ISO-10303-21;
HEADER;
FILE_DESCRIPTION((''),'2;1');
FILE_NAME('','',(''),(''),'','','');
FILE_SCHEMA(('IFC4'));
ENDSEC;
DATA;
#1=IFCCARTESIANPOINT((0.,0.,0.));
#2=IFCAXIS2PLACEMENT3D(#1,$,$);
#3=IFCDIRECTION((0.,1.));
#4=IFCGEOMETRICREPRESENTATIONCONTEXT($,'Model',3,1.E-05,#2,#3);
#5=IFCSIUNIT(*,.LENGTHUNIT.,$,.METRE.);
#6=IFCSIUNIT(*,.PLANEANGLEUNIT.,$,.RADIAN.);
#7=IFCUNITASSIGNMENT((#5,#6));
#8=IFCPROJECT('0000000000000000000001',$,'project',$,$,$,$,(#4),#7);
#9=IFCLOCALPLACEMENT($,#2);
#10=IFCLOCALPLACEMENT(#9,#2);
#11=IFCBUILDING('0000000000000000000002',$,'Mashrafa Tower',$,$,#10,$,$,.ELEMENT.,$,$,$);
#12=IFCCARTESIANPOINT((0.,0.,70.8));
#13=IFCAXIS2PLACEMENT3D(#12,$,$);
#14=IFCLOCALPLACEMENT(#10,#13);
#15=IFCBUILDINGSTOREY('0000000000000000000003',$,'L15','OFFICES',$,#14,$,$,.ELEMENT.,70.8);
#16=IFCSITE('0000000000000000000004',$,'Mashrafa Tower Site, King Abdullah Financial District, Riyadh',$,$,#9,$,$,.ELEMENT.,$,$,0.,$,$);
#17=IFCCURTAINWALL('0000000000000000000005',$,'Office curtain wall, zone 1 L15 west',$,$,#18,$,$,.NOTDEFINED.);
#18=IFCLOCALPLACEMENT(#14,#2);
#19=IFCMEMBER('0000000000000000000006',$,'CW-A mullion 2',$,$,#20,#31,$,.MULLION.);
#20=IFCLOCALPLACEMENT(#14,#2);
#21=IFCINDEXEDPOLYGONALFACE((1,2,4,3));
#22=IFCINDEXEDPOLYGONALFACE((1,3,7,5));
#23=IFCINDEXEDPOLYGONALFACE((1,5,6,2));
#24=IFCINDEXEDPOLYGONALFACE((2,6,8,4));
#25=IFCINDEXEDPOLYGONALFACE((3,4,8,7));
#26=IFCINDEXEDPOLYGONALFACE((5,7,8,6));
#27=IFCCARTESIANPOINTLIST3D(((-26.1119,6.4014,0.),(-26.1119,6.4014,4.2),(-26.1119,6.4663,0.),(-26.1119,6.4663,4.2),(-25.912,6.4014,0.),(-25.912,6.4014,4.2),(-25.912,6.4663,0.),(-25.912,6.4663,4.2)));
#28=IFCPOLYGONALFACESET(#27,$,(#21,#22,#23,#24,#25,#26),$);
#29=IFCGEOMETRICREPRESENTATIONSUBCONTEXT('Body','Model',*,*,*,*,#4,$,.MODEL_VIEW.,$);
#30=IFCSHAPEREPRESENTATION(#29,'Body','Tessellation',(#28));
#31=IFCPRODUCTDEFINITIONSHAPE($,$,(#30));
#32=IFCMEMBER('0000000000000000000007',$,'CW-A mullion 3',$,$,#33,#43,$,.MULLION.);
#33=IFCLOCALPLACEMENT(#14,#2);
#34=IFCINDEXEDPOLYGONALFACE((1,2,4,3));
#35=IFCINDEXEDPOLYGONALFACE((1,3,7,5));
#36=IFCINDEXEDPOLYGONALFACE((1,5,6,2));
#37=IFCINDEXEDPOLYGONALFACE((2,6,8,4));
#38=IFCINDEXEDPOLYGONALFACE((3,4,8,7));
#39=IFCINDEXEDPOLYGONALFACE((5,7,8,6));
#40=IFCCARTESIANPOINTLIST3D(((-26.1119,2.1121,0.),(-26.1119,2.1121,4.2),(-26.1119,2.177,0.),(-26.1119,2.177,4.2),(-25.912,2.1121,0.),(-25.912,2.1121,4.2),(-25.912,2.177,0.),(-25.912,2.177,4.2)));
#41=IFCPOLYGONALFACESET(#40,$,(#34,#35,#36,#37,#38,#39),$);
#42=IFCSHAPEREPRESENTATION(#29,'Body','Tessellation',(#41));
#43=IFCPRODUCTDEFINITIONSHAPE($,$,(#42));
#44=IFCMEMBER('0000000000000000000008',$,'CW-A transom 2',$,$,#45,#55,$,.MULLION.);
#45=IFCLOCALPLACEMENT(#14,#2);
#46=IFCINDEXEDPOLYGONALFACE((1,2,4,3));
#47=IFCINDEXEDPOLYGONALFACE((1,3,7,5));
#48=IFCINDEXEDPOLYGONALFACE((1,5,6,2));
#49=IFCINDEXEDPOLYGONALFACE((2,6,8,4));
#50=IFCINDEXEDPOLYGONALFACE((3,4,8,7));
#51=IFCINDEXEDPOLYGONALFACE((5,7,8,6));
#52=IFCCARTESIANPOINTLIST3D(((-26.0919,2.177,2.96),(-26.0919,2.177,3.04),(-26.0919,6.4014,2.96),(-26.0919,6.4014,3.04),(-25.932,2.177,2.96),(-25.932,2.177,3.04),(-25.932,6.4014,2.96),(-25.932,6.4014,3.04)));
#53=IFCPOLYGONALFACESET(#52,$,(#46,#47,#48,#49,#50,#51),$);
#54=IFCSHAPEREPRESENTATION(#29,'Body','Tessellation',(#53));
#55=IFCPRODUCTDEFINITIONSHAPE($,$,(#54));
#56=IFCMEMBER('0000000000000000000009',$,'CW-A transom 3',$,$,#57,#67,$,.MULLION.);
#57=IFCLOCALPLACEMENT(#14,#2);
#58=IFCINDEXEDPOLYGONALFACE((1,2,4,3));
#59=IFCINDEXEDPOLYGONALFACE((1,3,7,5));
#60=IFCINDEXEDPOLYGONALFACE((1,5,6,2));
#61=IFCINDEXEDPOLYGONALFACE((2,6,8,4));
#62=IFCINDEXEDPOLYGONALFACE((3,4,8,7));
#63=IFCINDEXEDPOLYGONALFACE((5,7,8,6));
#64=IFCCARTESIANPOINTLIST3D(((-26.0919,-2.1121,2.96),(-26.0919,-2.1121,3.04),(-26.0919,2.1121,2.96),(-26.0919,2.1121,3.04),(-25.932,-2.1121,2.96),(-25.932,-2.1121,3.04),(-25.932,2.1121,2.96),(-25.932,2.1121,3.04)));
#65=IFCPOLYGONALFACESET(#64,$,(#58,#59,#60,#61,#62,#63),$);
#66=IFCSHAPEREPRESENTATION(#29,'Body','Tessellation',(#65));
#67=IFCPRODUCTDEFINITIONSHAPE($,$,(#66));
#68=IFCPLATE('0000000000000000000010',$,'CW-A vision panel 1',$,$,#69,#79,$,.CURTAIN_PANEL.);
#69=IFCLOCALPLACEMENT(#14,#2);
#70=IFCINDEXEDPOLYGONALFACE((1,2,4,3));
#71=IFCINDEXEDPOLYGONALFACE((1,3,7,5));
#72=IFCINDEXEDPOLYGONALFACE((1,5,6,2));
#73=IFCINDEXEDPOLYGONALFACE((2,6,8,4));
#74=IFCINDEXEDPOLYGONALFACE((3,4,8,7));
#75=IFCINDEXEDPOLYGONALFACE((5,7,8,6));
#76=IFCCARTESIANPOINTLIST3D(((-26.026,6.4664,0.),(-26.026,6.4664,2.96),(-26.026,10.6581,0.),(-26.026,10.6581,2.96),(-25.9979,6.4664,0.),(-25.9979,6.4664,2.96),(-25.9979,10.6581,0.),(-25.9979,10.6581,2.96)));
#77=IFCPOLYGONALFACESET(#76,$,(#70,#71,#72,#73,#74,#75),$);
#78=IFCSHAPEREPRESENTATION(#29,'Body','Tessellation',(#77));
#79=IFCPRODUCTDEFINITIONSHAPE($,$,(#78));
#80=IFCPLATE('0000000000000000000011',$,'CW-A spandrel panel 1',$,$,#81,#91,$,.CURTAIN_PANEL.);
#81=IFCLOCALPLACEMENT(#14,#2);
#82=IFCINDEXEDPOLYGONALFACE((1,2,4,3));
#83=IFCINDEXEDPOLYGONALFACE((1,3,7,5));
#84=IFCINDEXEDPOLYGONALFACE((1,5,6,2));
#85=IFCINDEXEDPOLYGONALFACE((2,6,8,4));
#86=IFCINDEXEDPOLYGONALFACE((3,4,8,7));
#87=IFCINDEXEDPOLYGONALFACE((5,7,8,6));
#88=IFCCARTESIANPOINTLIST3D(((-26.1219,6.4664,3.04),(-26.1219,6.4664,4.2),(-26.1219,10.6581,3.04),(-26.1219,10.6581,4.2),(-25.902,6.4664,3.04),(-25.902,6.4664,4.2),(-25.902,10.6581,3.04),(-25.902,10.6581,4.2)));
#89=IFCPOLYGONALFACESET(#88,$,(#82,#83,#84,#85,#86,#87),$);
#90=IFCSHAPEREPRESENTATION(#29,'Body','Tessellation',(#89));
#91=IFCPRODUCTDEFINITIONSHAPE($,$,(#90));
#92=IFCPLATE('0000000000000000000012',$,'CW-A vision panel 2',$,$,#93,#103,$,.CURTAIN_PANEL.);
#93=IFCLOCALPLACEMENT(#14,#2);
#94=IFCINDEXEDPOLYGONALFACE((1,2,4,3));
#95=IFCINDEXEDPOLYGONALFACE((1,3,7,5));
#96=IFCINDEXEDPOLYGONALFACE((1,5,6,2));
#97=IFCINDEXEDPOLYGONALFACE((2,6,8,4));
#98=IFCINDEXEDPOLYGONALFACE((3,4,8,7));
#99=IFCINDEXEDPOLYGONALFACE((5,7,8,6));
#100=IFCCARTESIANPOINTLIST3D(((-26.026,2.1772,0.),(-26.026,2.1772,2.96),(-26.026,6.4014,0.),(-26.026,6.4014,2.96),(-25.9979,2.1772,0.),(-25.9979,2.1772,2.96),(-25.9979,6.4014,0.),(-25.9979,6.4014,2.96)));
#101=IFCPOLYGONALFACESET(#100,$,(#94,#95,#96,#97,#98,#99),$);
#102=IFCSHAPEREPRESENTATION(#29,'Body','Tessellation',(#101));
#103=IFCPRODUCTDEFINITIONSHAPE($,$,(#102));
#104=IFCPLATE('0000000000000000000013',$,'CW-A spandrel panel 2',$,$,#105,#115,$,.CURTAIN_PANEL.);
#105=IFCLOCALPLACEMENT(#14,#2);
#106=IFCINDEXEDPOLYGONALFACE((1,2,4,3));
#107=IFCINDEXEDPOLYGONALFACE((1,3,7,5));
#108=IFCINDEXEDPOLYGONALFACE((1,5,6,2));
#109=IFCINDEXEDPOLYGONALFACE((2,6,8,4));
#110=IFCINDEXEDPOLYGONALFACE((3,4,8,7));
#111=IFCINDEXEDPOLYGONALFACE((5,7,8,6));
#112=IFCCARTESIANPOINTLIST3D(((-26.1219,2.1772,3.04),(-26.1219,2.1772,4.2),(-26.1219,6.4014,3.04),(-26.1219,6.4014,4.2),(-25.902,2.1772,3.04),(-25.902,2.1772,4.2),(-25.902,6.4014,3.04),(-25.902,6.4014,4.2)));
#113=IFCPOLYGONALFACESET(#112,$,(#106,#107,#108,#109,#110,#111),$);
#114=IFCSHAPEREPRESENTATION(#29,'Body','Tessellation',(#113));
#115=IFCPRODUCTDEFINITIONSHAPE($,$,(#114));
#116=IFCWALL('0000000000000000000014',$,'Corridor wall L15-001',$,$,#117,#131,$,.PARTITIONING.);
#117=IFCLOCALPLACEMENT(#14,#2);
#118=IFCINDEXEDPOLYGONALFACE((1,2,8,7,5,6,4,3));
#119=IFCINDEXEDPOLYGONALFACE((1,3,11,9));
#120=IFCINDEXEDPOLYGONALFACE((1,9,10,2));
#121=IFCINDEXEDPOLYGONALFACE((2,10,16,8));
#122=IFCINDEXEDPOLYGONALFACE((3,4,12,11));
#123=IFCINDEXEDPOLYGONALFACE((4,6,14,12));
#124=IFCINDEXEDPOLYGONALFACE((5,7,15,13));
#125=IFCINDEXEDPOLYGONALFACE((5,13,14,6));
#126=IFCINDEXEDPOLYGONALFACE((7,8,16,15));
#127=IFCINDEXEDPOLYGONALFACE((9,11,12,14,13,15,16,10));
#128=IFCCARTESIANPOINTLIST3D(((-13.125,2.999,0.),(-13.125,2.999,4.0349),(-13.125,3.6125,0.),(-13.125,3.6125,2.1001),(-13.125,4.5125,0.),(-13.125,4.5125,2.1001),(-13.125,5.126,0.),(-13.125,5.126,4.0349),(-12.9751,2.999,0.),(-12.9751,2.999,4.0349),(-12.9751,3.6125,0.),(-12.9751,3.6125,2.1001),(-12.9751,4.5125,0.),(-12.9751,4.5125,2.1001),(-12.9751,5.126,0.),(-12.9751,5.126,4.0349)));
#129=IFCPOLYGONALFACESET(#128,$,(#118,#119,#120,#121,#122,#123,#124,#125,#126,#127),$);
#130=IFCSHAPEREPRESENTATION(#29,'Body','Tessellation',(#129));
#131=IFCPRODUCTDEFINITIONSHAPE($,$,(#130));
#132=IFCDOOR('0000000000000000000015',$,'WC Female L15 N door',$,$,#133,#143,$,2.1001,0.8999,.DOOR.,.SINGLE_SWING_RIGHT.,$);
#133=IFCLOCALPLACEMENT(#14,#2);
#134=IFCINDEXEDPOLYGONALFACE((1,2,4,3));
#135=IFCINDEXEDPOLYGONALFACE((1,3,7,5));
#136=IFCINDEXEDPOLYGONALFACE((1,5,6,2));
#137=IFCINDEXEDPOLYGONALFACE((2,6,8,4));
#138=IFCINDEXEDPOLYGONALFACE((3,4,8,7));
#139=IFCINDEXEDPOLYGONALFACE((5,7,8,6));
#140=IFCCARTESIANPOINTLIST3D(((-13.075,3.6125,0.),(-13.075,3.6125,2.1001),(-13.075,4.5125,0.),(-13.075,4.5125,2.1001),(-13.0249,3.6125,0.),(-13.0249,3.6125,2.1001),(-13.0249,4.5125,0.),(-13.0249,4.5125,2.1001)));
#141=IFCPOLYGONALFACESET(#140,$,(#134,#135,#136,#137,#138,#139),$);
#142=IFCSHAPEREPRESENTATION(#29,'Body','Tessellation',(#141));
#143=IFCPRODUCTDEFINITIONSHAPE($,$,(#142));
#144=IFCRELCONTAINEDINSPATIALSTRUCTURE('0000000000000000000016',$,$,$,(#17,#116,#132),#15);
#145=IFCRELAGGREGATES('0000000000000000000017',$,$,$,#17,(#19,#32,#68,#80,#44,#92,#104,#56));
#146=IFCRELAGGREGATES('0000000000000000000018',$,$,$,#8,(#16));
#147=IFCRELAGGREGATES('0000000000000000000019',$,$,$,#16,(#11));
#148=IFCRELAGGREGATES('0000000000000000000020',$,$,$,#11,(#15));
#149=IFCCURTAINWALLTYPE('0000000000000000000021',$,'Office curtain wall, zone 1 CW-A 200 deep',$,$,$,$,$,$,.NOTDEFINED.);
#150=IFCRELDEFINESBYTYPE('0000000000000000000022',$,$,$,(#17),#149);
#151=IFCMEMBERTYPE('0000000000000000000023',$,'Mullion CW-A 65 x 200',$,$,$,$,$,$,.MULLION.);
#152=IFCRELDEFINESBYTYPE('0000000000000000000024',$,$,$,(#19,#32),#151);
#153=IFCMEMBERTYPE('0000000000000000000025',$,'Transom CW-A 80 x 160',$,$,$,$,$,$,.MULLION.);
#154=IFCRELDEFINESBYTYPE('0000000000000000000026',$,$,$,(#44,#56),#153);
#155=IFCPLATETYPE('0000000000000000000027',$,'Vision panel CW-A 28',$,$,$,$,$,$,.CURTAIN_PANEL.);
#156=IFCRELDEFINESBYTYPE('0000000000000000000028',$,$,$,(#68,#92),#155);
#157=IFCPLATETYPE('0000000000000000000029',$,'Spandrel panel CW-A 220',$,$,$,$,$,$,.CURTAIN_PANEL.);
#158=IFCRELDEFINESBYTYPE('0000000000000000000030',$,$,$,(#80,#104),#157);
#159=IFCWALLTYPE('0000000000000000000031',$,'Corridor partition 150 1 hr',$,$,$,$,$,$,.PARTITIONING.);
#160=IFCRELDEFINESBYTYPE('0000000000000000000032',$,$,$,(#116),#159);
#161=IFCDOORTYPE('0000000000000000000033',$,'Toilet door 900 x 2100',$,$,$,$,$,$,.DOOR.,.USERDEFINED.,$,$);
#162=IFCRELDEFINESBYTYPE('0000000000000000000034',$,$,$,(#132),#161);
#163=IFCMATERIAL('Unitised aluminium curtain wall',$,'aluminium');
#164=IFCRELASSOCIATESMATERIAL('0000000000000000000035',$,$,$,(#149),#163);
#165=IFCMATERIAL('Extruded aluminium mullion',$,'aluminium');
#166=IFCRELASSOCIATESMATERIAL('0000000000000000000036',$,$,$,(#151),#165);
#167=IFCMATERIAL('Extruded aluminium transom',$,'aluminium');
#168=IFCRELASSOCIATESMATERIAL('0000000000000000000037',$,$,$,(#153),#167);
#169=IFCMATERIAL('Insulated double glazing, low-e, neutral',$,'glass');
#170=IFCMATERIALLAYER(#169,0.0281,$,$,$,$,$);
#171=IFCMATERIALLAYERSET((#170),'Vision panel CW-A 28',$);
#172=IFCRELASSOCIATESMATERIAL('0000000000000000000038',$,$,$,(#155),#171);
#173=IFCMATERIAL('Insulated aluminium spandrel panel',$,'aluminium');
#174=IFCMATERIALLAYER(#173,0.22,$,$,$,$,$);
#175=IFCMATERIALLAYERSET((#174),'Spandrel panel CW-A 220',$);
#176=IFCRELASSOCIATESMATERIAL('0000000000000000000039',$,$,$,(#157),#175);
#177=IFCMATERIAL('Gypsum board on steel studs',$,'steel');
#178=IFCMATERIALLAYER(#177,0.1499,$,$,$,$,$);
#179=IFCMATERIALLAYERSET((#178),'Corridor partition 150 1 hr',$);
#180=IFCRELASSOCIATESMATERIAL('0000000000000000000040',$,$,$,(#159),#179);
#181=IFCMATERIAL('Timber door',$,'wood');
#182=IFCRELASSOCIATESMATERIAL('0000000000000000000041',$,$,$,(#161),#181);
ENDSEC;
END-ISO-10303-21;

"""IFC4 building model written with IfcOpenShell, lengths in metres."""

from ifc_helpers import new_model, si_unit, direction, frame, frame_2d, origin, origin_2d, place, context, subcontext, project, spatial, rectangle, extrude, source, transform, mapped, material, layer, layer_set, material_profile, profile_set, type_object, type_shapes, element, fill, aggregate, save


model = new_model("IFC4")

# Units and contexts
model_context = context("Model", 3, precision=1e-05, world=origin(), true_north=direction((0.0, 1.0)))
body_context = subcontext(model_context, "Body", "Model", "MODEL_VIEW")
ifc_project = project(units=[si_unit("LENGTHUNIT", "METRE"), si_unit("PLANEANGLEUNIT", "RADIAN")], contexts=[model_context])

# Site, building, storey
site_placement = place(None, origin())
site = spatial("IfcSite", under=ifc_project, at=site_placement, Name="Mashrafa Tower Site, King Abdullah Financial District, Riyadh", CompositionType="ELEMENT", RefElevation=0.0)
building_placement = place(site_placement, origin())
building = spatial("IfcBuilding", under=site, at=building_placement, Name="Mashrafa Tower", CompositionType="ELEMENT")
storey_placement = place(building_placement, frame((0.0, 0.0, 70.8)))
storey = spatial("IfcBuildingStorey", under=building, at=storey_placement, Name="L15", Description="OFFICES", CompositionType="ELEMENT", Elevation=70.8)

# Curtain wall, members, plates
ifc_material_1 = material(Name="Unitised aluminium curtain wall", Category="aluminium")
curtain_wall_type = type_object("IfcCurtainWallType", Name="Office curtain wall, zone 1 CW-A 200 deep", PredefinedType="NOTDEFINED", material=ifc_material_1)
curtain_wall_placement = place(storey_placement, origin())
curtain_wall = element("IfcCurtainWall", 1, at=curtain_wall_placement, inside=storey, type_object=curtain_wall_type, Name="Office curtain wall, zone 1 L15 west", PredefinedType="NOTDEFINED")
ifc_material_2 = material(Name="Extruded aluminium mullion", Category="aluminium")
ifc_material_profile_1 = material_profile(ifc_material_2, rectangle(XDim=0.2, YDim=0.0649, at=origin_2d()), Name="Mullion 65x200")
ifc_profile_set_1 = profile_set([ifc_material_profile_1], Name="Extruded aluminium mullion")
member_type_1 = type_object("IfcMemberType", Name="Mullion CW-A 65 x 200", PredefinedType="MULLION", material=ifc_profile_set_1)
shared_shape_1 = source(origin(), body_context, "Body", "SweptSolid", [
    extrude(rectangle(XDim=0.2, YDim=0.0649, at=origin_2d()), origin(), (0.0, 0.0, 1.0), 4.2),
])
type_shapes(member_type_1, [shared_shape_1])
member_1_placement = place(storey_placement, frame((-26.012, 6.4338, 0.0), z_axis=(0.0, 0.0, 1.0), x_axis=(1.0, 0.0, 0.0)))
member_1 = element("IfcMember", 2, at=member_1_placement, type_object=member_type_1, Name="CW-A mullion 2", PredefinedType="MULLION", context=body_context, shape_type="MappedRepresentation", body=[
    mapped(shared_shape_1, transform((0.0, 0.0, 0.0))),
])
member_2_placement = place(storey_placement, frame((-26.012, 2.1445, 0.0), z_axis=(0.0, 0.0, 1.0), x_axis=(1.0, 0.0, 0.0)))
member_2 = element("IfcMember", 3, at=member_2_placement, type_object=member_type_1, Name="CW-A mullion 3", PredefinedType="MULLION", context=body_context, shape_type="MappedRepresentation", body=[
    mapped(shared_shape_1, transform((0.0, 0.0, 0.0))),
])
ifc_material_3 = material(Name="Extruded aluminium transom", Category="aluminium")
ifc_material_profile_2 = material_profile(ifc_material_3, rectangle(XDim=0.1599, YDim=0.0801, at=origin_2d()), Name="Transom 80x160")
ifc_profile_set_2 = profile_set([ifc_material_profile_2], Name="Extruded aluminium transom")
member_type_2 = type_object("IfcMemberType", Name="Transom CW-A 80 x 160", PredefinedType="MULLION", material=ifc_profile_set_2)
shared_shape_2 = source(origin(), body_context, "Body", "SweptSolid", [
    extrude(rectangle(XDim=0.1599, YDim=0.0801, at=origin_2d()), origin(), (0.0, 0.0, 1.0), 4.2244),
])
member_3_placement = place(storey_placement, frame((-26.012, 6.4014, 3.0), z_axis=(0.0, -1.0, 0.0), x_axis=(1.0, 0.0, 0.0)))
member_3 = element("IfcMember", 4, at=member_3_placement, type_object=member_type_2, Name="CW-A transom 2", PredefinedType="MULLION", context=body_context, shape_type="MappedRepresentation", body=[
    mapped(shared_shape_2, transform((0.0, 0.0, 0.0))),
])
shared_shape_3 = source(origin(), body_context, "Body", "SweptSolid", [
    extrude(rectangle(XDim=0.1599, YDim=0.0801, at=origin_2d()), origin(), (0.0, 0.0, 1.0), 4.2241),
])
type_shapes(member_type_2, [shared_shape_2, shared_shape_3])
member_4_placement = place(storey_placement, frame((-26.012, 2.1121, 3.0), z_axis=(0.0, -1.0, 0.0), x_axis=(1.0, 0.0, 0.0)))
member_4 = element("IfcMember", 5, at=member_4_placement, type_object=member_type_2, Name="CW-A transom 3", PredefinedType="MULLION", context=body_context, shape_type="MappedRepresentation", body=[
    mapped(shared_shape_3, transform((0.0, 0.0, 0.0))),
])
ifc_material_4 = material(Name="Insulated double glazing, low-e, neutral", Category="glass")
ifc_layer_1 = layer(ifc_material_4, 0.0281)
ifc_layer_set_1 = layer_set([ifc_layer_1], Name="Vision panel CW-A 28")
plate_type_1 = type_object("IfcPlateType", Name="Vision panel CW-A 28", PredefinedType="CURTAIN_PANEL", material=ifc_layer_set_1)
shared_shape_4 = source(origin(), body_context, "Body", "SweptSolid", [
    extrude(rectangle(XDim=4.1917, YDim=0.0281, at=origin_2d()), origin(), (0.0, 0.0, 1.0), 2.96),
])
plate_1_placement = place(storey_placement, frame((-26.012, 8.5623, 0.0), z_axis=(0.0, 0.0, 1.0), x_axis=(0.0, -1.0, 0.0)))
plate_1 = element("IfcPlate", 6, at=plate_1_placement, type_object=plate_type_1, Name="CW-A vision panel 1", PredefinedType="CURTAIN_PANEL", context=body_context, shape_type="MappedRepresentation", body=[
    mapped(shared_shape_4, transform((0.0, 0.0, 0.0))),
])
ifc_material_5 = material(Name="Insulated aluminium spandrel panel", Category="aluminium")
ifc_layer_2 = layer(ifc_material_5, 0.22)
ifc_layer_set_2 = layer_set([ifc_layer_2], Name="Spandrel panel CW-A 220")
plate_type_2 = type_object("IfcPlateType", Name="Spandrel panel CW-A 220", PredefinedType="CURTAIN_PANEL", material=ifc_layer_set_2)
shared_shape_5 = source(origin(), body_context, "Body", "SweptSolid", [
    extrude(rectangle(XDim=4.1917, YDim=0.22, at=origin_2d()), origin(), (0.0, 0.0, 1.0), 1.1599),
])
plate_2_placement = place(storey_placement, frame((-26.012, 8.5623, 3.04), z_axis=(0.0, 0.0, 1.0), x_axis=(0.0, -1.0, 0.0)))
plate_2 = element("IfcPlate", 7, at=plate_2_placement, type_object=plate_type_2, Name="CW-A spandrel panel 1", PredefinedType="CURTAIN_PANEL", context=body_context, shape_type="MappedRepresentation", body=[
    mapped(shared_shape_5, transform((0.0, 0.0, 0.0))),
])
shared_shape_6 = source(origin(), body_context, "Body", "SweptSolid", [
    extrude(rectangle(XDim=4.2241, YDim=0.0281, at=origin_2d()), origin(), (0.0, 0.0, 1.0), 2.96),
])
type_shapes(plate_type_1, [shared_shape_4, shared_shape_6])
plate_3_placement = place(storey_placement, frame((-26.012, 4.2893, 0.0), z_axis=(0.0, 0.0, 1.0), x_axis=(0.0, -1.0, 0.0)))
plate_3 = element("IfcPlate", 8, at=plate_3_placement, type_object=plate_type_1, Name="CW-A vision panel 2", PredefinedType="CURTAIN_PANEL", context=body_context, shape_type="MappedRepresentation", body=[
    mapped(shared_shape_6, transform((0.0, 0.0, 0.0))),
])
shared_shape_7 = source(origin(), body_context, "Body", "SweptSolid", [
    extrude(rectangle(XDim=4.2241, YDim=0.22, at=origin_2d()), origin(), (0.0, 0.0, 1.0), 1.1599),
])
type_shapes(plate_type_2, [shared_shape_5, shared_shape_7])
plate_4_placement = place(storey_placement, frame((-26.012, 4.2893, 3.04), z_axis=(0.0, 0.0, 1.0), x_axis=(0.0, -1.0, 0.0)))
plate_4 = element("IfcPlate", 9, at=plate_4_placement, type_object=plate_type_2, Name="CW-A spandrel panel 2", PredefinedType="CURTAIN_PANEL", context=body_context, shape_type="MappedRepresentation", body=[
    mapped(shared_shape_7, transform((0.0, 0.0, 0.0))),
])
aggregate(curtain_wall, [member_1, member_2, plate_1, plate_2, member_3, plate_3, plate_4, member_4])

# Wall, opening, door
ifc_material_6 = material(Name="Gypsum board on steel studs", Category="steel")
ifc_layer_3 = layer(ifc_material_6, 0.1499)
ifc_layer_set_3 = layer_set([ifc_layer_3], Name="Corridor partition 150 1 hr")
wall_type_1 = type_object("IfcWallType", Name="Corridor partition 150 1 hr", PredefinedType="PARTITIONING", material=ifc_layer_set_3)
wall_1_placement = place(storey_placement, frame((-13.05, 5.126, 0.0), z_axis=(0.0, 0.0, 1.0), x_axis=(0.0, -1.0, 0.0)))
wall_1 = element("IfcWall", 10, at=wall_1_placement, inside=storey, type_object=wall_type_1, Name="Corridor wall L15-001", PredefinedType="PARTITIONING", context=body_context, shape_type="SweptSolid", body=[
    extrude(rectangle(XDim=2.127, YDim=0.1499, at=frame_2d((1.0635, 0.0))), origin(), (0.0, 0.0, 1.0), 4.0349),
])
opening_1_placement = place(wall_1_placement, frame((0.6135, 0.0, 0.0)))
opening_1 = element("IfcOpeningElement", 11, at=opening_1_placement, cuts=wall_1, PredefinedType="OPENING", context=body_context, shape_type="SweptSolid", body=[
    extrude(rectangle(XDim=0.8999, YDim=2.1001, at=frame_2d((0.45, 1.05))), frame((0.0, 0.085, 0.0), z_axis=(0.0, -1.0, 0.0), x_axis=(1.0, 0.0, 0.0)), (0.0, 0.0, 1.0), 0.1699),
])
ifc_material_7 = material(Name="Timber door", Category="wood")
door_type_1 = type_object("IfcDoorType", Name="Toilet door 900 x 2100", OperationType="USERDEFINED", PredefinedType="DOOR", material=ifc_material_7)
door_1_placement = place(opening_1_placement, frame((0.8999, 0.0, 0.0), z_axis=(0.0, 0.0, 1.0), x_axis=(-1.0, 0.0, 0.0)))
door_1 = element("IfcDoor", 12, at=door_1_placement, inside=storey, type_object=door_type_1, Name="WC Female L15 N door", OperationType="SINGLE_SWING_RIGHT", OverallHeight=2.1001, OverallWidth=0.8999, PredefinedType="DOOR", context=body_context, shape_type="SweptSolid", body=[
    extrude(rectangle(XDim=0.8999, YDim=2.1001, at=frame_2d((0.45, 1.05))), frame((0.0, 0.0249, 0.0), z_axis=(0.0, -1.0, 0.0), x_axis=(1.0, 0.0, 0.0)), (0.0, 0.0, 1.0), 0.05),
])
fill(opening_1, door_1)

save(model, "model.ifc")
